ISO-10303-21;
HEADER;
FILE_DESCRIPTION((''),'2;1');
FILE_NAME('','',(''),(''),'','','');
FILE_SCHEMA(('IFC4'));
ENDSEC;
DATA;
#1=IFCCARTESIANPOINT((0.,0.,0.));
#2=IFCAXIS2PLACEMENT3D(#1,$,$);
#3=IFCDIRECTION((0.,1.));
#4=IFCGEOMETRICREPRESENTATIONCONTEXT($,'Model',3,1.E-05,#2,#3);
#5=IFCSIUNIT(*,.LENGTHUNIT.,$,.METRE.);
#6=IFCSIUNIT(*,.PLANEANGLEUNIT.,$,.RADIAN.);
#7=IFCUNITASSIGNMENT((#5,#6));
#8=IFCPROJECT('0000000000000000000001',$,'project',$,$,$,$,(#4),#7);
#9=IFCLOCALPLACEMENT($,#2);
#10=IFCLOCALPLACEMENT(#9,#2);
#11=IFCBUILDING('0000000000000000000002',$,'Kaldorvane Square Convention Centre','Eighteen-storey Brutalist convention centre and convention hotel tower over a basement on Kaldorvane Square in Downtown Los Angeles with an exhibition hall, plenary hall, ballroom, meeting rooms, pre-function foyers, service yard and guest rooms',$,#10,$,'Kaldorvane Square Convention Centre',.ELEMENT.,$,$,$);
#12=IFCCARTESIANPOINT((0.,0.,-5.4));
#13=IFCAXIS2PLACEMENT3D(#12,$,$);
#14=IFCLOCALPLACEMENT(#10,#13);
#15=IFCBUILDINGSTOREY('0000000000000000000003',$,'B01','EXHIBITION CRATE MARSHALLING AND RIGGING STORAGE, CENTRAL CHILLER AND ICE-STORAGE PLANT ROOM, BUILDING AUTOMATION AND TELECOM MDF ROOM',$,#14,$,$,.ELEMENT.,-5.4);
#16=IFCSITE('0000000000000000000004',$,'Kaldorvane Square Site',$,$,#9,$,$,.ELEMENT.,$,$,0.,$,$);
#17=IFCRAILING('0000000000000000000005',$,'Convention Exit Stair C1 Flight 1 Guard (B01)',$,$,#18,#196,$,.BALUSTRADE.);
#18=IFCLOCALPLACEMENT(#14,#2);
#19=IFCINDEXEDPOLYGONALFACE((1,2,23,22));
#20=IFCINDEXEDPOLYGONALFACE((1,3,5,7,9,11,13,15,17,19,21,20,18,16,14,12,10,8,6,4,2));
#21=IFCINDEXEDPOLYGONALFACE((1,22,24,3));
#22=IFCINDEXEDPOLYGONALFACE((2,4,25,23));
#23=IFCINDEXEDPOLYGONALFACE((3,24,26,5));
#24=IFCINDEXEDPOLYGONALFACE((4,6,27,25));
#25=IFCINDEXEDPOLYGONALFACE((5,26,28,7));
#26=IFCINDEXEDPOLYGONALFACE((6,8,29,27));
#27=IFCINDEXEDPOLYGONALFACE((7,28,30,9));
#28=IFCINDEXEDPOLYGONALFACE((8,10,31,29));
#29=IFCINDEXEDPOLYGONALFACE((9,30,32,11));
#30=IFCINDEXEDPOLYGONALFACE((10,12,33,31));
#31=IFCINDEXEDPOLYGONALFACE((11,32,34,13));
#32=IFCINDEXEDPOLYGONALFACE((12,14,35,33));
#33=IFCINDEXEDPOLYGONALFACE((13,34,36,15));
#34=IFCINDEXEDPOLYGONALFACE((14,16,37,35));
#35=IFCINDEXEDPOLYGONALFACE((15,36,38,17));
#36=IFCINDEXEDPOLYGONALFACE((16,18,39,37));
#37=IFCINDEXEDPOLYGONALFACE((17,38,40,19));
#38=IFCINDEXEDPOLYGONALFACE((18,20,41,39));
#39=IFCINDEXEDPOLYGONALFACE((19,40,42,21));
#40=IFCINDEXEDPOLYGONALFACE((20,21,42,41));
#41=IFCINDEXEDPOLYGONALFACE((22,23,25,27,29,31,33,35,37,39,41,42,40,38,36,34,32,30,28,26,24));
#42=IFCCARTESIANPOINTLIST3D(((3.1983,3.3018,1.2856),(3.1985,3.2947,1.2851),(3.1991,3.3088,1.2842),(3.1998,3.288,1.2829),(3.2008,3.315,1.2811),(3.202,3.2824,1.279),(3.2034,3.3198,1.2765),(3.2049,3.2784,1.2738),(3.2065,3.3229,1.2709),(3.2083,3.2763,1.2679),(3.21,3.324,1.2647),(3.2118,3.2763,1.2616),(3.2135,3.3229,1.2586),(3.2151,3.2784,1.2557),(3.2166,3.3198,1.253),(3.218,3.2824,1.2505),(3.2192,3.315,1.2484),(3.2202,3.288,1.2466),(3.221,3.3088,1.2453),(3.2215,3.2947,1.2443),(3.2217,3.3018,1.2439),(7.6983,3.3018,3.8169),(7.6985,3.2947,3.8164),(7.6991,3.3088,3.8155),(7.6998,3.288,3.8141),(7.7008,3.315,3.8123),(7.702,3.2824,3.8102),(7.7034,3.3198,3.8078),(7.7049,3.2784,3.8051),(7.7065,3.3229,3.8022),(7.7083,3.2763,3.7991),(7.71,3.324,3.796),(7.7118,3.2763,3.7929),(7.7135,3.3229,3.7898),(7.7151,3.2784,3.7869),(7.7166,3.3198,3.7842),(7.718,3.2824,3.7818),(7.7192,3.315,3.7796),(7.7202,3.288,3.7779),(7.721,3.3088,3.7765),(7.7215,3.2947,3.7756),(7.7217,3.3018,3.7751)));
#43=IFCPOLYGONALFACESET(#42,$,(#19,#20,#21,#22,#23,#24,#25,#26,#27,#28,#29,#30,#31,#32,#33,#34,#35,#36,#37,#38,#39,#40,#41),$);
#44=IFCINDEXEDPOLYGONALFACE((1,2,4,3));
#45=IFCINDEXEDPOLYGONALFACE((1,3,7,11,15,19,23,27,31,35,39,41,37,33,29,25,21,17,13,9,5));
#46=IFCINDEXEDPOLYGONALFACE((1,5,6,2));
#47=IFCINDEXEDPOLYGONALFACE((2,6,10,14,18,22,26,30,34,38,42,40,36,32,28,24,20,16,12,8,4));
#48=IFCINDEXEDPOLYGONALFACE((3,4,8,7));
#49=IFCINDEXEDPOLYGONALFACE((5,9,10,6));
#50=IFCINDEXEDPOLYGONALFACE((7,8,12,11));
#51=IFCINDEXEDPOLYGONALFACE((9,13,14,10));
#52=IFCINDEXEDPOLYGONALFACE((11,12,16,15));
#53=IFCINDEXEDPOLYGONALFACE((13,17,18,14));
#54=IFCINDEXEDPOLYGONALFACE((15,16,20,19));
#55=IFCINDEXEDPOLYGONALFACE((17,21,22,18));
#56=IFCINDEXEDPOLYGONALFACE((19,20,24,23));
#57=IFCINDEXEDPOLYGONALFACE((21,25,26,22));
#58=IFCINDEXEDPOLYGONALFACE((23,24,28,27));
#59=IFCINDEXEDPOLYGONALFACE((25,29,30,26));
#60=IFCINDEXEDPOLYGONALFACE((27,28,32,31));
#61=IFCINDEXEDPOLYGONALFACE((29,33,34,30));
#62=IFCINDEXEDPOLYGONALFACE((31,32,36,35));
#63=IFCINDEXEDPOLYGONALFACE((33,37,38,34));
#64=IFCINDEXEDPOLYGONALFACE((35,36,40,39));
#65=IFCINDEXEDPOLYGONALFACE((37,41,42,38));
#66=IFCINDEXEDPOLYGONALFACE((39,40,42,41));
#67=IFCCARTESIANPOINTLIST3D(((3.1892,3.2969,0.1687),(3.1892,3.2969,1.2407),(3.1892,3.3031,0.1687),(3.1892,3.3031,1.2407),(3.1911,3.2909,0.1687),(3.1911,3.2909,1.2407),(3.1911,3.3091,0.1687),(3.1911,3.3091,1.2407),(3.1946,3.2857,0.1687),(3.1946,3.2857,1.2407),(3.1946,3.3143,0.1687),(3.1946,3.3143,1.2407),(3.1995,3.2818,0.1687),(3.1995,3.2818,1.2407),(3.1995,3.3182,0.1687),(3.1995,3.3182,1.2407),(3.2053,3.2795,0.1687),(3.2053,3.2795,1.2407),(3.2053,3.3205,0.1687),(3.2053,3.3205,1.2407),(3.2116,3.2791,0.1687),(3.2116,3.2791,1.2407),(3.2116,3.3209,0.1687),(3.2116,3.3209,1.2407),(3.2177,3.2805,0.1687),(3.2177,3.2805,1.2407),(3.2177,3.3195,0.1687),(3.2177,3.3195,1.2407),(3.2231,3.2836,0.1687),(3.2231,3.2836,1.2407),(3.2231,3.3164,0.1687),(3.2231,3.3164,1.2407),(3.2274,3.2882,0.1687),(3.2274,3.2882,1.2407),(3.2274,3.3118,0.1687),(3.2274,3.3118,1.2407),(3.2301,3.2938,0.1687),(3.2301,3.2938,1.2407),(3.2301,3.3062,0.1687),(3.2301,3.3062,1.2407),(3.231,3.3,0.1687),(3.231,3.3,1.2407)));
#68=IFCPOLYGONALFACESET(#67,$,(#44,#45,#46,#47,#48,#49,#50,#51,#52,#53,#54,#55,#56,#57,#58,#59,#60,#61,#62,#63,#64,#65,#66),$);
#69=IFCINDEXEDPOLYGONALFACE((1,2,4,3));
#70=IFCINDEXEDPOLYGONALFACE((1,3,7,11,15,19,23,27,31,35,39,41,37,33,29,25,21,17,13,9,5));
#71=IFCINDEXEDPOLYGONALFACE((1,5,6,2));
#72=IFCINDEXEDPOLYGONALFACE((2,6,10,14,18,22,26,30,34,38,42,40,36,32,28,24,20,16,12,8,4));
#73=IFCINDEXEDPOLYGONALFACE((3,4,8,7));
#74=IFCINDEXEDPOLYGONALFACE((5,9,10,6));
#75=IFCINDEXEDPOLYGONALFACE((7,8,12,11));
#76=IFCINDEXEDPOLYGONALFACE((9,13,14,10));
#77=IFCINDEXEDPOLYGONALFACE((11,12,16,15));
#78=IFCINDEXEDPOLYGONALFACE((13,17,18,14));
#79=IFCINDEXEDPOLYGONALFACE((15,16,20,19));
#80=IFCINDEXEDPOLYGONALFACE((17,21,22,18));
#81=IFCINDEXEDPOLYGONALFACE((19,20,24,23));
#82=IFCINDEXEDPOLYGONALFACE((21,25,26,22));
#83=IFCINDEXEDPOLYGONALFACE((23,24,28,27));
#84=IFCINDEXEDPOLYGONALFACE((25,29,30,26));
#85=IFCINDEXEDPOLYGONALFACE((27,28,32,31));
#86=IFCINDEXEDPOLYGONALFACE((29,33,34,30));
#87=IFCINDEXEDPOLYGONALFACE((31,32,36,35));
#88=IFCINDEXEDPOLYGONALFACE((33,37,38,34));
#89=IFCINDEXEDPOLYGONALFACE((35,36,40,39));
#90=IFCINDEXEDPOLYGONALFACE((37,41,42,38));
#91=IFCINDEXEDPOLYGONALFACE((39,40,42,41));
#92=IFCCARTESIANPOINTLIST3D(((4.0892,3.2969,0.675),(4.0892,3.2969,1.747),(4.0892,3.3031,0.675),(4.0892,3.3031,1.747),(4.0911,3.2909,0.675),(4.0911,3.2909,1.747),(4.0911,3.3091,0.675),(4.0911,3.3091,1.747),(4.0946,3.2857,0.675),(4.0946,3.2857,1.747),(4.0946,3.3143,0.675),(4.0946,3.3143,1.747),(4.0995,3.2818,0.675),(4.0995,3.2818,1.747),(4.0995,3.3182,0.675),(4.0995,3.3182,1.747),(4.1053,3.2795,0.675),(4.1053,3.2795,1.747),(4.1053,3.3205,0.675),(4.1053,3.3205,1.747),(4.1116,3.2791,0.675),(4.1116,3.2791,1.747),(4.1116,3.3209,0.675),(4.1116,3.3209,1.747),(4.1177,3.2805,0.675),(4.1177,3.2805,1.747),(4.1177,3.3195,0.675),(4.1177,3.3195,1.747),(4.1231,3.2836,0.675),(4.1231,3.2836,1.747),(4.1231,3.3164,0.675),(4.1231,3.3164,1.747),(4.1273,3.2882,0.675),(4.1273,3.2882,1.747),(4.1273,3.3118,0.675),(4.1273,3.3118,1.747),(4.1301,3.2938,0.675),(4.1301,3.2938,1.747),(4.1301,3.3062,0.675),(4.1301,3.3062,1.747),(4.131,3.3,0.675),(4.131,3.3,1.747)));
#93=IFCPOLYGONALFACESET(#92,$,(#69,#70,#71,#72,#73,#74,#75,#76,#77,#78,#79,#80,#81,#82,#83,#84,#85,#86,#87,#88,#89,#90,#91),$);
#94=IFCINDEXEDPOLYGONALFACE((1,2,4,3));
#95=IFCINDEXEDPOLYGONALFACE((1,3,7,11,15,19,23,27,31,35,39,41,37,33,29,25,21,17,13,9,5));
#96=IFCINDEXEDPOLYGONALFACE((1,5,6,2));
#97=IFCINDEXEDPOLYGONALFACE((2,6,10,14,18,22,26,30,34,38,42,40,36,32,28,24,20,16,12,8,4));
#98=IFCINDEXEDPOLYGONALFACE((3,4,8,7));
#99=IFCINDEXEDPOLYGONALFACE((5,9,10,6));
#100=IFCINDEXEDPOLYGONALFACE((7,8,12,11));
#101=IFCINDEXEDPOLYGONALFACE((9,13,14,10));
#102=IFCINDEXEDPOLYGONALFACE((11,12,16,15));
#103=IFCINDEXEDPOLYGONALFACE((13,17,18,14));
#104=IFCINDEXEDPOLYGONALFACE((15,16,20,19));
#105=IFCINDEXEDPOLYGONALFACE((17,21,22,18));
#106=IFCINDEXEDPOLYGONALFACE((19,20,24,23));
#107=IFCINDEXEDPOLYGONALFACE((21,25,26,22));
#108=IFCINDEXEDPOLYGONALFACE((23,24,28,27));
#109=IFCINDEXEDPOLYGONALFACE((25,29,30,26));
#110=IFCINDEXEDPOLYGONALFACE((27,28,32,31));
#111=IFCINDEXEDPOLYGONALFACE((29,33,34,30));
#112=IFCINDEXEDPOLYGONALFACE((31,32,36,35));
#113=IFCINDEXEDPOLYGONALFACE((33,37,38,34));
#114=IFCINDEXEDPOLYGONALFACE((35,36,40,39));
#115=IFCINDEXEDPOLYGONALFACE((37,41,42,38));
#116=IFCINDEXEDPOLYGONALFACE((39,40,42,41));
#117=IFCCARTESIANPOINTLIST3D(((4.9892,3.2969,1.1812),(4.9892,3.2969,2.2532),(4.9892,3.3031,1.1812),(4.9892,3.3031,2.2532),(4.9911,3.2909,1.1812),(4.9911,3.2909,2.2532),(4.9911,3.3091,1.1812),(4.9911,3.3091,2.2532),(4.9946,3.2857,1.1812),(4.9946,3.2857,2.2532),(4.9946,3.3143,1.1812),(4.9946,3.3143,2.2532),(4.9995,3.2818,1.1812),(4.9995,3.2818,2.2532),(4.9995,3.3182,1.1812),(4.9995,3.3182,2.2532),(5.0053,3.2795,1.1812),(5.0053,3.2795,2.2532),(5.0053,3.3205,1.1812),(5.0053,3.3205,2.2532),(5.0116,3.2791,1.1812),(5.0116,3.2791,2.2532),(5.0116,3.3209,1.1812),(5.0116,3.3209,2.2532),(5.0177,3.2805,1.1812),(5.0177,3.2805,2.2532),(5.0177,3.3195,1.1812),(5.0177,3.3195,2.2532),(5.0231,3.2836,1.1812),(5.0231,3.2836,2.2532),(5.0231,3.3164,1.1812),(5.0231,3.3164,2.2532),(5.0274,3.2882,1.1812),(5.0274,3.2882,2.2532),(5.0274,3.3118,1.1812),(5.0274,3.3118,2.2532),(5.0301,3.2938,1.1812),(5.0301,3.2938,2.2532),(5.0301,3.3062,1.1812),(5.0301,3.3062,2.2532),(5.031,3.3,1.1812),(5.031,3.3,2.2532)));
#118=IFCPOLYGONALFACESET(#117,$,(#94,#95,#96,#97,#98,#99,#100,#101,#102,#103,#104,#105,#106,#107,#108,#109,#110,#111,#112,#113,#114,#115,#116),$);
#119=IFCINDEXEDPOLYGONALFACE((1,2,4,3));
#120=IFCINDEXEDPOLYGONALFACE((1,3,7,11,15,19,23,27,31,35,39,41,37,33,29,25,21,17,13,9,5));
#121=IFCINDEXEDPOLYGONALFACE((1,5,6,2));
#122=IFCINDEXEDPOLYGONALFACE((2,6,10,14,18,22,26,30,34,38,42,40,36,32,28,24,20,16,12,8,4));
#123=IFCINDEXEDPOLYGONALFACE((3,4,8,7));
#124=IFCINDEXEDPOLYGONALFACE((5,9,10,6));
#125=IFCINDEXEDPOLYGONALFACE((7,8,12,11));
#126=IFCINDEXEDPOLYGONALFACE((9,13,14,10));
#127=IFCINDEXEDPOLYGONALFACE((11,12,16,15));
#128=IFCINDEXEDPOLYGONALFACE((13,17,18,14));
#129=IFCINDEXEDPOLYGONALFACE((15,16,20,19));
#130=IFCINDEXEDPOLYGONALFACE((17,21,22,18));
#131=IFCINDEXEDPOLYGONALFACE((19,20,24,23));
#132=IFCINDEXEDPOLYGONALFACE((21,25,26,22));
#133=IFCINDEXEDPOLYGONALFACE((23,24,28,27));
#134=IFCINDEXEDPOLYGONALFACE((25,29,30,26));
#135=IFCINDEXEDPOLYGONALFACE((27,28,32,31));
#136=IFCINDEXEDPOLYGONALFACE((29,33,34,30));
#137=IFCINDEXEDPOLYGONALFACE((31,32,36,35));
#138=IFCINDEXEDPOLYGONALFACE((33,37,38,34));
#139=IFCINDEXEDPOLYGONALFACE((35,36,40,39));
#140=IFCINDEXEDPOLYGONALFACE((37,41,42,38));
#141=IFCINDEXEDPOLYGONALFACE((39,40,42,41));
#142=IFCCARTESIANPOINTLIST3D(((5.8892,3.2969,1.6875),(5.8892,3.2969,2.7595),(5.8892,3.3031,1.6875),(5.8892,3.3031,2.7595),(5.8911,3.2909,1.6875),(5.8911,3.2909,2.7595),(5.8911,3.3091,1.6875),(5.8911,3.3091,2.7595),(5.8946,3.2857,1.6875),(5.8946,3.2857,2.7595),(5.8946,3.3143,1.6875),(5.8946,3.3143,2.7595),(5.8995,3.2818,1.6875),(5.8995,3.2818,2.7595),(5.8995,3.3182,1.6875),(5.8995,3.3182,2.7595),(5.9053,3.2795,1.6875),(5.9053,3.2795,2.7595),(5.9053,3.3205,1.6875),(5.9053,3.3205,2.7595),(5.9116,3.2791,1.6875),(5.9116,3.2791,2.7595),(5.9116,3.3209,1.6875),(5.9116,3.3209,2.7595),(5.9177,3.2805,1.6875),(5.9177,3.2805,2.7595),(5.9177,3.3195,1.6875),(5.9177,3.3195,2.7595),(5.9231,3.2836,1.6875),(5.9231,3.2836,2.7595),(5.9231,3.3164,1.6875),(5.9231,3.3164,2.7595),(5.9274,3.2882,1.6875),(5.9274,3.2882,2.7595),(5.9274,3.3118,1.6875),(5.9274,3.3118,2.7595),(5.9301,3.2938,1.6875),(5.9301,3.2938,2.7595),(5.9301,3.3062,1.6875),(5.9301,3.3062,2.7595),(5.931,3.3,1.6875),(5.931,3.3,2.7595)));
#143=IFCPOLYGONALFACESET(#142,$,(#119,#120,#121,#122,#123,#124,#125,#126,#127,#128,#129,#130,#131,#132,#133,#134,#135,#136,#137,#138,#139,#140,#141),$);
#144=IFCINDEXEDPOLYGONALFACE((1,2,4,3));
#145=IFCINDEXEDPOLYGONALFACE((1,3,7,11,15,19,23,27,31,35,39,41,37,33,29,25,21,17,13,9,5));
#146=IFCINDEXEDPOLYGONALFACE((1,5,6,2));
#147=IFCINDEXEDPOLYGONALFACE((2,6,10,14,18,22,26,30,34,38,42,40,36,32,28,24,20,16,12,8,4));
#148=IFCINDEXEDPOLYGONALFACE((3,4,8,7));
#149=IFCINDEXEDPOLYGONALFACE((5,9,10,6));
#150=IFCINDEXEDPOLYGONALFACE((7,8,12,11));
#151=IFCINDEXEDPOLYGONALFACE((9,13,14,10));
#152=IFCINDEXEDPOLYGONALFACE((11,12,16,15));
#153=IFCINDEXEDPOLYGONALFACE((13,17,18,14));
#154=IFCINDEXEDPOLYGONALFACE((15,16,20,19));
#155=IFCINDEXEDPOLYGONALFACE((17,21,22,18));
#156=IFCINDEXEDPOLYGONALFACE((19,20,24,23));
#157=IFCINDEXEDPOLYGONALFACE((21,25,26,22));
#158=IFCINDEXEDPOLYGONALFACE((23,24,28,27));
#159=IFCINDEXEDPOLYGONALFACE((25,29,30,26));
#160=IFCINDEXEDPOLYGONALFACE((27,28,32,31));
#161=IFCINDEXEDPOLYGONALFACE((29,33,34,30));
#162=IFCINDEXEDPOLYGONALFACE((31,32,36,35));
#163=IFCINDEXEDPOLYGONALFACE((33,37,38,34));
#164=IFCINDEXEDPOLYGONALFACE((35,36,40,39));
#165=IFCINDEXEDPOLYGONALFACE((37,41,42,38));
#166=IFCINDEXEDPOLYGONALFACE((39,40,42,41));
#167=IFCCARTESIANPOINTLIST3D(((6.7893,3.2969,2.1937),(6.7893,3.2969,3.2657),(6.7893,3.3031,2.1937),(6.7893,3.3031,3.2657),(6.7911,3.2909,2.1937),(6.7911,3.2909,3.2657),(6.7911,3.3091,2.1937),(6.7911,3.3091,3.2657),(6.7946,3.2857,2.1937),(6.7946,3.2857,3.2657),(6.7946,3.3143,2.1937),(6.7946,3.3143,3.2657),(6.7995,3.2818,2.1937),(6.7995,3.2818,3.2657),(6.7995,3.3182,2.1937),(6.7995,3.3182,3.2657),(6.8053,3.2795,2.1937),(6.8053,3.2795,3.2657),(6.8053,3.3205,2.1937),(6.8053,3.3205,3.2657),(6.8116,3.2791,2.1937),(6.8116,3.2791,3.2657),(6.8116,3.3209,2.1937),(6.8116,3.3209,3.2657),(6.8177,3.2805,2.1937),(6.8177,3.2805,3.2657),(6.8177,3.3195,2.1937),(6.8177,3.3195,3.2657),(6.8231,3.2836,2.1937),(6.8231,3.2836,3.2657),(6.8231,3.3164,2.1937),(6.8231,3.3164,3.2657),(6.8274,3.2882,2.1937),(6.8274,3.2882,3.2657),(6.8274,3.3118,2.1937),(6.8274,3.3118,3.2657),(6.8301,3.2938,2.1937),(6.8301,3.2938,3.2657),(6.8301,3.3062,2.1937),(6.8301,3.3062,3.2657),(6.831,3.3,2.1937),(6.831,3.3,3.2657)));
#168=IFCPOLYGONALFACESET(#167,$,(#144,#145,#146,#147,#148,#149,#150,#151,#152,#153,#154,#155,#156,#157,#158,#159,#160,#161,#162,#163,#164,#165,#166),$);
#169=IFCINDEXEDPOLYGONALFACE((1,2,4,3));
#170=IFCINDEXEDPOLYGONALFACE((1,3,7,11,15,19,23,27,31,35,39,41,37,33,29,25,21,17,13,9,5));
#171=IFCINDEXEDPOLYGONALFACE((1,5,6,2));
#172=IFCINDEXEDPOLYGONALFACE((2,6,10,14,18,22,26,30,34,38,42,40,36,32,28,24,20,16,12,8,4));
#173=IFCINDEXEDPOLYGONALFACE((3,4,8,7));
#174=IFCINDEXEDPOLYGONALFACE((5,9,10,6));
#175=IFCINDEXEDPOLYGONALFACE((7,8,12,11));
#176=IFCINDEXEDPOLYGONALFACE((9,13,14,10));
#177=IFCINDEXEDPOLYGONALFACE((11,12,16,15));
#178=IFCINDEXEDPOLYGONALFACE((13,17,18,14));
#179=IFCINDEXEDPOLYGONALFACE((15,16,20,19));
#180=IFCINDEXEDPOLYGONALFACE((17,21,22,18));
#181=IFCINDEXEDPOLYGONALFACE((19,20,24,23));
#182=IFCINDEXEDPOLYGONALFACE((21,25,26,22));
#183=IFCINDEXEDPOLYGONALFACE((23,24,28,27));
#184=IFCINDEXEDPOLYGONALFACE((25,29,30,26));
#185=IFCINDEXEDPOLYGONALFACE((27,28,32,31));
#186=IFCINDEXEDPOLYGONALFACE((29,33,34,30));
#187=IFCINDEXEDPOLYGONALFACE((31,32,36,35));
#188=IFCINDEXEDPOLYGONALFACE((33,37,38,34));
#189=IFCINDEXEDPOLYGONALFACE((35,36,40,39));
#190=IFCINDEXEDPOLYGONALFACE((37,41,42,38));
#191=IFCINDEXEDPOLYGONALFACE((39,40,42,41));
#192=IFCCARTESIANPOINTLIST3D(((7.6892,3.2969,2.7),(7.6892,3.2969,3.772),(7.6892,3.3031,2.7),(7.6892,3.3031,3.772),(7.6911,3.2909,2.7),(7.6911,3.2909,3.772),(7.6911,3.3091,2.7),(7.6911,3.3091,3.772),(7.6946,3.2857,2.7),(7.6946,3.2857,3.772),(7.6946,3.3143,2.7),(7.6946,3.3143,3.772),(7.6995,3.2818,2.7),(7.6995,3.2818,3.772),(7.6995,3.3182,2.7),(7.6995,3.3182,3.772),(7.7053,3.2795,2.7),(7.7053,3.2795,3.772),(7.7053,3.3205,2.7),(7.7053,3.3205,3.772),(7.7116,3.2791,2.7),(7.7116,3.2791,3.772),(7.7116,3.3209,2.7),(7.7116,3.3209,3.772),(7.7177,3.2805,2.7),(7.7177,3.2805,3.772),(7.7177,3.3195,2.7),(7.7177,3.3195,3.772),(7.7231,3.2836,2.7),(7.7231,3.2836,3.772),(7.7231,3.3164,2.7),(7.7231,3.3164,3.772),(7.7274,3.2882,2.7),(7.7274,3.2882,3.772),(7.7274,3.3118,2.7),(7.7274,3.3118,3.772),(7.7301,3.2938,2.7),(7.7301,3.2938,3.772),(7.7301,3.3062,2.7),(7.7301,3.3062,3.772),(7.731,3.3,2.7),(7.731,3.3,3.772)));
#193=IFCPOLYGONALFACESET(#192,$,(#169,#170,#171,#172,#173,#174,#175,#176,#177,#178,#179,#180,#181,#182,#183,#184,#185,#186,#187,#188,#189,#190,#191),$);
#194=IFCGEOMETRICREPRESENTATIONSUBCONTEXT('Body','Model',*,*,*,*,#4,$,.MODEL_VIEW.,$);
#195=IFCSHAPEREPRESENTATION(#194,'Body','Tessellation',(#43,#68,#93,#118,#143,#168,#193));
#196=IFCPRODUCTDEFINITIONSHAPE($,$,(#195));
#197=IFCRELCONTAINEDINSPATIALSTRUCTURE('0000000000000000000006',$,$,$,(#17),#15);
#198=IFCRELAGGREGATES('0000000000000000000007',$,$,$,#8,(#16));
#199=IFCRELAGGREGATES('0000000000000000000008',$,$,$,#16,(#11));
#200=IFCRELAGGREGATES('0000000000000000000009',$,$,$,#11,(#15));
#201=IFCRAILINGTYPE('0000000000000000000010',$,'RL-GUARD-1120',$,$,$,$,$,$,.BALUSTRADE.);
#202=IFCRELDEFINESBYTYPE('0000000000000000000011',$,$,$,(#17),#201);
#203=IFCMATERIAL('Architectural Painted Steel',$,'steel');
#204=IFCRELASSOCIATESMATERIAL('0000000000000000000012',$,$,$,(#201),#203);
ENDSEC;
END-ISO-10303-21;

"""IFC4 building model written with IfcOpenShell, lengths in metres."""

from ifc_helpers import new_model, si_unit, direction, frame, origin, origin_2d, place, context, subcontext, project, spatial, circle, extrude, material, type_object, element, save


model = new_model("IFC4")

# Units and contexts
model_context = context("Model", 3, precision=1e-05, world=origin(), true_north=direction((0.0, 1.0)))
body_context = subcontext(model_context, "Body", "Model", "MODEL_VIEW")
ifc_project = project(units=[si_unit("LENGTHUNIT", "METRE"), si_unit("PLANEANGLEUNIT", "RADIAN")], contexts=[model_context])

# Site, building, storey
site_placement = place(None, origin())
site = spatial("IfcSite", under=ifc_project, at=site_placement, Name="Kaldorvane Square Site", CompositionType="ELEMENT", RefElevation=0.0)
building_placement = place(site_placement, origin())
building = spatial("IfcBuilding", under=site, at=building_placement, Name="Kaldorvane Square Convention Centre", Description="Eighteen-storey Brutalist convention centre and convention hotel tower over a basement on Kaldorvane Square in Downtown Los Angeles with an exhibition hall, plenary hall, ballroom, meeting rooms, pre-function foyers, service yard and guest rooms", LongName="Kaldorvane Square Convention Centre", CompositionType="ELEMENT")
storey_placement = place(building_placement, frame((0.0, 0.0, -5.4)))
storey = spatial("IfcBuildingStorey", under=building, at=storey_placement, Name="B01", Description="EXHIBITION CRATE MARSHALLING AND RIGGING STORAGE, CENTRAL CHILLER AND ICE-STORAGE PLANT ROOM, BUILDING AUTOMATION AND TELECOM MDF ROOM", CompositionType="ELEMENT", Elevation=-5.4)

# Railing
ifc_material_1 = material(Name="Architectural Painted Steel", Category="steel")
railing_type_1 = type_object("IfcRailingType", Name="RL-GUARD-1120", PredefinedType="BALUSTRADE", material=ifc_material_1)
railing_1_placement = place(storey_placement, frame((3.21, 3.3, 0.1687)))
element("IfcRailing", 1, at=railing_1_placement, inside=storey, type_object=railing_type_1, Name="Convention Exit Stair C1 Flight 1 Guard (B01)", PredefinedType="BALUSTRADE", context=body_context, shape_type="SweptSolid", body=[
    extrude(circle(Radius=0.024, at=origin_2d()), frame((0.0, 0.0, 1.096), z_axis=(0.871576, 0.0, 0.490261), x_axis=(0.0, 1.0, 0.0)), (0.0, 0.0, 1.0), 5.1631),
    extrude(circle(Radius=0.021, at=origin_2d()), origin(), (0.0, 0.0, 1.0), 1.072),
    extrude(circle(Radius=0.021, at=origin_2d()), frame((0.9, 0.0, 0.5063)), (0.0, 0.0, 1.0), 1.072),
    extrude(circle(Radius=0.021, at=origin_2d()), frame((1.8, 0.0, 1.0125)), (0.0, 0.0, 1.0), 1.072),
    extrude(circle(Radius=0.021, at=origin_2d()), frame((2.7, 0.0, 1.5188)), (0.0, 0.0, 1.0), 1.072),
    extrude(circle(Radius=0.021, at=origin_2d()), frame((3.6, 0.0, 2.025)), (0.0, 0.0, 1.0), 1.072),
    extrude(circle(Radius=0.021, at=origin_2d()), frame((4.5, 0.0, 2.5312)), (0.0, 0.0, 1.0), 1.072),
])

save(model, "model.ifc")
